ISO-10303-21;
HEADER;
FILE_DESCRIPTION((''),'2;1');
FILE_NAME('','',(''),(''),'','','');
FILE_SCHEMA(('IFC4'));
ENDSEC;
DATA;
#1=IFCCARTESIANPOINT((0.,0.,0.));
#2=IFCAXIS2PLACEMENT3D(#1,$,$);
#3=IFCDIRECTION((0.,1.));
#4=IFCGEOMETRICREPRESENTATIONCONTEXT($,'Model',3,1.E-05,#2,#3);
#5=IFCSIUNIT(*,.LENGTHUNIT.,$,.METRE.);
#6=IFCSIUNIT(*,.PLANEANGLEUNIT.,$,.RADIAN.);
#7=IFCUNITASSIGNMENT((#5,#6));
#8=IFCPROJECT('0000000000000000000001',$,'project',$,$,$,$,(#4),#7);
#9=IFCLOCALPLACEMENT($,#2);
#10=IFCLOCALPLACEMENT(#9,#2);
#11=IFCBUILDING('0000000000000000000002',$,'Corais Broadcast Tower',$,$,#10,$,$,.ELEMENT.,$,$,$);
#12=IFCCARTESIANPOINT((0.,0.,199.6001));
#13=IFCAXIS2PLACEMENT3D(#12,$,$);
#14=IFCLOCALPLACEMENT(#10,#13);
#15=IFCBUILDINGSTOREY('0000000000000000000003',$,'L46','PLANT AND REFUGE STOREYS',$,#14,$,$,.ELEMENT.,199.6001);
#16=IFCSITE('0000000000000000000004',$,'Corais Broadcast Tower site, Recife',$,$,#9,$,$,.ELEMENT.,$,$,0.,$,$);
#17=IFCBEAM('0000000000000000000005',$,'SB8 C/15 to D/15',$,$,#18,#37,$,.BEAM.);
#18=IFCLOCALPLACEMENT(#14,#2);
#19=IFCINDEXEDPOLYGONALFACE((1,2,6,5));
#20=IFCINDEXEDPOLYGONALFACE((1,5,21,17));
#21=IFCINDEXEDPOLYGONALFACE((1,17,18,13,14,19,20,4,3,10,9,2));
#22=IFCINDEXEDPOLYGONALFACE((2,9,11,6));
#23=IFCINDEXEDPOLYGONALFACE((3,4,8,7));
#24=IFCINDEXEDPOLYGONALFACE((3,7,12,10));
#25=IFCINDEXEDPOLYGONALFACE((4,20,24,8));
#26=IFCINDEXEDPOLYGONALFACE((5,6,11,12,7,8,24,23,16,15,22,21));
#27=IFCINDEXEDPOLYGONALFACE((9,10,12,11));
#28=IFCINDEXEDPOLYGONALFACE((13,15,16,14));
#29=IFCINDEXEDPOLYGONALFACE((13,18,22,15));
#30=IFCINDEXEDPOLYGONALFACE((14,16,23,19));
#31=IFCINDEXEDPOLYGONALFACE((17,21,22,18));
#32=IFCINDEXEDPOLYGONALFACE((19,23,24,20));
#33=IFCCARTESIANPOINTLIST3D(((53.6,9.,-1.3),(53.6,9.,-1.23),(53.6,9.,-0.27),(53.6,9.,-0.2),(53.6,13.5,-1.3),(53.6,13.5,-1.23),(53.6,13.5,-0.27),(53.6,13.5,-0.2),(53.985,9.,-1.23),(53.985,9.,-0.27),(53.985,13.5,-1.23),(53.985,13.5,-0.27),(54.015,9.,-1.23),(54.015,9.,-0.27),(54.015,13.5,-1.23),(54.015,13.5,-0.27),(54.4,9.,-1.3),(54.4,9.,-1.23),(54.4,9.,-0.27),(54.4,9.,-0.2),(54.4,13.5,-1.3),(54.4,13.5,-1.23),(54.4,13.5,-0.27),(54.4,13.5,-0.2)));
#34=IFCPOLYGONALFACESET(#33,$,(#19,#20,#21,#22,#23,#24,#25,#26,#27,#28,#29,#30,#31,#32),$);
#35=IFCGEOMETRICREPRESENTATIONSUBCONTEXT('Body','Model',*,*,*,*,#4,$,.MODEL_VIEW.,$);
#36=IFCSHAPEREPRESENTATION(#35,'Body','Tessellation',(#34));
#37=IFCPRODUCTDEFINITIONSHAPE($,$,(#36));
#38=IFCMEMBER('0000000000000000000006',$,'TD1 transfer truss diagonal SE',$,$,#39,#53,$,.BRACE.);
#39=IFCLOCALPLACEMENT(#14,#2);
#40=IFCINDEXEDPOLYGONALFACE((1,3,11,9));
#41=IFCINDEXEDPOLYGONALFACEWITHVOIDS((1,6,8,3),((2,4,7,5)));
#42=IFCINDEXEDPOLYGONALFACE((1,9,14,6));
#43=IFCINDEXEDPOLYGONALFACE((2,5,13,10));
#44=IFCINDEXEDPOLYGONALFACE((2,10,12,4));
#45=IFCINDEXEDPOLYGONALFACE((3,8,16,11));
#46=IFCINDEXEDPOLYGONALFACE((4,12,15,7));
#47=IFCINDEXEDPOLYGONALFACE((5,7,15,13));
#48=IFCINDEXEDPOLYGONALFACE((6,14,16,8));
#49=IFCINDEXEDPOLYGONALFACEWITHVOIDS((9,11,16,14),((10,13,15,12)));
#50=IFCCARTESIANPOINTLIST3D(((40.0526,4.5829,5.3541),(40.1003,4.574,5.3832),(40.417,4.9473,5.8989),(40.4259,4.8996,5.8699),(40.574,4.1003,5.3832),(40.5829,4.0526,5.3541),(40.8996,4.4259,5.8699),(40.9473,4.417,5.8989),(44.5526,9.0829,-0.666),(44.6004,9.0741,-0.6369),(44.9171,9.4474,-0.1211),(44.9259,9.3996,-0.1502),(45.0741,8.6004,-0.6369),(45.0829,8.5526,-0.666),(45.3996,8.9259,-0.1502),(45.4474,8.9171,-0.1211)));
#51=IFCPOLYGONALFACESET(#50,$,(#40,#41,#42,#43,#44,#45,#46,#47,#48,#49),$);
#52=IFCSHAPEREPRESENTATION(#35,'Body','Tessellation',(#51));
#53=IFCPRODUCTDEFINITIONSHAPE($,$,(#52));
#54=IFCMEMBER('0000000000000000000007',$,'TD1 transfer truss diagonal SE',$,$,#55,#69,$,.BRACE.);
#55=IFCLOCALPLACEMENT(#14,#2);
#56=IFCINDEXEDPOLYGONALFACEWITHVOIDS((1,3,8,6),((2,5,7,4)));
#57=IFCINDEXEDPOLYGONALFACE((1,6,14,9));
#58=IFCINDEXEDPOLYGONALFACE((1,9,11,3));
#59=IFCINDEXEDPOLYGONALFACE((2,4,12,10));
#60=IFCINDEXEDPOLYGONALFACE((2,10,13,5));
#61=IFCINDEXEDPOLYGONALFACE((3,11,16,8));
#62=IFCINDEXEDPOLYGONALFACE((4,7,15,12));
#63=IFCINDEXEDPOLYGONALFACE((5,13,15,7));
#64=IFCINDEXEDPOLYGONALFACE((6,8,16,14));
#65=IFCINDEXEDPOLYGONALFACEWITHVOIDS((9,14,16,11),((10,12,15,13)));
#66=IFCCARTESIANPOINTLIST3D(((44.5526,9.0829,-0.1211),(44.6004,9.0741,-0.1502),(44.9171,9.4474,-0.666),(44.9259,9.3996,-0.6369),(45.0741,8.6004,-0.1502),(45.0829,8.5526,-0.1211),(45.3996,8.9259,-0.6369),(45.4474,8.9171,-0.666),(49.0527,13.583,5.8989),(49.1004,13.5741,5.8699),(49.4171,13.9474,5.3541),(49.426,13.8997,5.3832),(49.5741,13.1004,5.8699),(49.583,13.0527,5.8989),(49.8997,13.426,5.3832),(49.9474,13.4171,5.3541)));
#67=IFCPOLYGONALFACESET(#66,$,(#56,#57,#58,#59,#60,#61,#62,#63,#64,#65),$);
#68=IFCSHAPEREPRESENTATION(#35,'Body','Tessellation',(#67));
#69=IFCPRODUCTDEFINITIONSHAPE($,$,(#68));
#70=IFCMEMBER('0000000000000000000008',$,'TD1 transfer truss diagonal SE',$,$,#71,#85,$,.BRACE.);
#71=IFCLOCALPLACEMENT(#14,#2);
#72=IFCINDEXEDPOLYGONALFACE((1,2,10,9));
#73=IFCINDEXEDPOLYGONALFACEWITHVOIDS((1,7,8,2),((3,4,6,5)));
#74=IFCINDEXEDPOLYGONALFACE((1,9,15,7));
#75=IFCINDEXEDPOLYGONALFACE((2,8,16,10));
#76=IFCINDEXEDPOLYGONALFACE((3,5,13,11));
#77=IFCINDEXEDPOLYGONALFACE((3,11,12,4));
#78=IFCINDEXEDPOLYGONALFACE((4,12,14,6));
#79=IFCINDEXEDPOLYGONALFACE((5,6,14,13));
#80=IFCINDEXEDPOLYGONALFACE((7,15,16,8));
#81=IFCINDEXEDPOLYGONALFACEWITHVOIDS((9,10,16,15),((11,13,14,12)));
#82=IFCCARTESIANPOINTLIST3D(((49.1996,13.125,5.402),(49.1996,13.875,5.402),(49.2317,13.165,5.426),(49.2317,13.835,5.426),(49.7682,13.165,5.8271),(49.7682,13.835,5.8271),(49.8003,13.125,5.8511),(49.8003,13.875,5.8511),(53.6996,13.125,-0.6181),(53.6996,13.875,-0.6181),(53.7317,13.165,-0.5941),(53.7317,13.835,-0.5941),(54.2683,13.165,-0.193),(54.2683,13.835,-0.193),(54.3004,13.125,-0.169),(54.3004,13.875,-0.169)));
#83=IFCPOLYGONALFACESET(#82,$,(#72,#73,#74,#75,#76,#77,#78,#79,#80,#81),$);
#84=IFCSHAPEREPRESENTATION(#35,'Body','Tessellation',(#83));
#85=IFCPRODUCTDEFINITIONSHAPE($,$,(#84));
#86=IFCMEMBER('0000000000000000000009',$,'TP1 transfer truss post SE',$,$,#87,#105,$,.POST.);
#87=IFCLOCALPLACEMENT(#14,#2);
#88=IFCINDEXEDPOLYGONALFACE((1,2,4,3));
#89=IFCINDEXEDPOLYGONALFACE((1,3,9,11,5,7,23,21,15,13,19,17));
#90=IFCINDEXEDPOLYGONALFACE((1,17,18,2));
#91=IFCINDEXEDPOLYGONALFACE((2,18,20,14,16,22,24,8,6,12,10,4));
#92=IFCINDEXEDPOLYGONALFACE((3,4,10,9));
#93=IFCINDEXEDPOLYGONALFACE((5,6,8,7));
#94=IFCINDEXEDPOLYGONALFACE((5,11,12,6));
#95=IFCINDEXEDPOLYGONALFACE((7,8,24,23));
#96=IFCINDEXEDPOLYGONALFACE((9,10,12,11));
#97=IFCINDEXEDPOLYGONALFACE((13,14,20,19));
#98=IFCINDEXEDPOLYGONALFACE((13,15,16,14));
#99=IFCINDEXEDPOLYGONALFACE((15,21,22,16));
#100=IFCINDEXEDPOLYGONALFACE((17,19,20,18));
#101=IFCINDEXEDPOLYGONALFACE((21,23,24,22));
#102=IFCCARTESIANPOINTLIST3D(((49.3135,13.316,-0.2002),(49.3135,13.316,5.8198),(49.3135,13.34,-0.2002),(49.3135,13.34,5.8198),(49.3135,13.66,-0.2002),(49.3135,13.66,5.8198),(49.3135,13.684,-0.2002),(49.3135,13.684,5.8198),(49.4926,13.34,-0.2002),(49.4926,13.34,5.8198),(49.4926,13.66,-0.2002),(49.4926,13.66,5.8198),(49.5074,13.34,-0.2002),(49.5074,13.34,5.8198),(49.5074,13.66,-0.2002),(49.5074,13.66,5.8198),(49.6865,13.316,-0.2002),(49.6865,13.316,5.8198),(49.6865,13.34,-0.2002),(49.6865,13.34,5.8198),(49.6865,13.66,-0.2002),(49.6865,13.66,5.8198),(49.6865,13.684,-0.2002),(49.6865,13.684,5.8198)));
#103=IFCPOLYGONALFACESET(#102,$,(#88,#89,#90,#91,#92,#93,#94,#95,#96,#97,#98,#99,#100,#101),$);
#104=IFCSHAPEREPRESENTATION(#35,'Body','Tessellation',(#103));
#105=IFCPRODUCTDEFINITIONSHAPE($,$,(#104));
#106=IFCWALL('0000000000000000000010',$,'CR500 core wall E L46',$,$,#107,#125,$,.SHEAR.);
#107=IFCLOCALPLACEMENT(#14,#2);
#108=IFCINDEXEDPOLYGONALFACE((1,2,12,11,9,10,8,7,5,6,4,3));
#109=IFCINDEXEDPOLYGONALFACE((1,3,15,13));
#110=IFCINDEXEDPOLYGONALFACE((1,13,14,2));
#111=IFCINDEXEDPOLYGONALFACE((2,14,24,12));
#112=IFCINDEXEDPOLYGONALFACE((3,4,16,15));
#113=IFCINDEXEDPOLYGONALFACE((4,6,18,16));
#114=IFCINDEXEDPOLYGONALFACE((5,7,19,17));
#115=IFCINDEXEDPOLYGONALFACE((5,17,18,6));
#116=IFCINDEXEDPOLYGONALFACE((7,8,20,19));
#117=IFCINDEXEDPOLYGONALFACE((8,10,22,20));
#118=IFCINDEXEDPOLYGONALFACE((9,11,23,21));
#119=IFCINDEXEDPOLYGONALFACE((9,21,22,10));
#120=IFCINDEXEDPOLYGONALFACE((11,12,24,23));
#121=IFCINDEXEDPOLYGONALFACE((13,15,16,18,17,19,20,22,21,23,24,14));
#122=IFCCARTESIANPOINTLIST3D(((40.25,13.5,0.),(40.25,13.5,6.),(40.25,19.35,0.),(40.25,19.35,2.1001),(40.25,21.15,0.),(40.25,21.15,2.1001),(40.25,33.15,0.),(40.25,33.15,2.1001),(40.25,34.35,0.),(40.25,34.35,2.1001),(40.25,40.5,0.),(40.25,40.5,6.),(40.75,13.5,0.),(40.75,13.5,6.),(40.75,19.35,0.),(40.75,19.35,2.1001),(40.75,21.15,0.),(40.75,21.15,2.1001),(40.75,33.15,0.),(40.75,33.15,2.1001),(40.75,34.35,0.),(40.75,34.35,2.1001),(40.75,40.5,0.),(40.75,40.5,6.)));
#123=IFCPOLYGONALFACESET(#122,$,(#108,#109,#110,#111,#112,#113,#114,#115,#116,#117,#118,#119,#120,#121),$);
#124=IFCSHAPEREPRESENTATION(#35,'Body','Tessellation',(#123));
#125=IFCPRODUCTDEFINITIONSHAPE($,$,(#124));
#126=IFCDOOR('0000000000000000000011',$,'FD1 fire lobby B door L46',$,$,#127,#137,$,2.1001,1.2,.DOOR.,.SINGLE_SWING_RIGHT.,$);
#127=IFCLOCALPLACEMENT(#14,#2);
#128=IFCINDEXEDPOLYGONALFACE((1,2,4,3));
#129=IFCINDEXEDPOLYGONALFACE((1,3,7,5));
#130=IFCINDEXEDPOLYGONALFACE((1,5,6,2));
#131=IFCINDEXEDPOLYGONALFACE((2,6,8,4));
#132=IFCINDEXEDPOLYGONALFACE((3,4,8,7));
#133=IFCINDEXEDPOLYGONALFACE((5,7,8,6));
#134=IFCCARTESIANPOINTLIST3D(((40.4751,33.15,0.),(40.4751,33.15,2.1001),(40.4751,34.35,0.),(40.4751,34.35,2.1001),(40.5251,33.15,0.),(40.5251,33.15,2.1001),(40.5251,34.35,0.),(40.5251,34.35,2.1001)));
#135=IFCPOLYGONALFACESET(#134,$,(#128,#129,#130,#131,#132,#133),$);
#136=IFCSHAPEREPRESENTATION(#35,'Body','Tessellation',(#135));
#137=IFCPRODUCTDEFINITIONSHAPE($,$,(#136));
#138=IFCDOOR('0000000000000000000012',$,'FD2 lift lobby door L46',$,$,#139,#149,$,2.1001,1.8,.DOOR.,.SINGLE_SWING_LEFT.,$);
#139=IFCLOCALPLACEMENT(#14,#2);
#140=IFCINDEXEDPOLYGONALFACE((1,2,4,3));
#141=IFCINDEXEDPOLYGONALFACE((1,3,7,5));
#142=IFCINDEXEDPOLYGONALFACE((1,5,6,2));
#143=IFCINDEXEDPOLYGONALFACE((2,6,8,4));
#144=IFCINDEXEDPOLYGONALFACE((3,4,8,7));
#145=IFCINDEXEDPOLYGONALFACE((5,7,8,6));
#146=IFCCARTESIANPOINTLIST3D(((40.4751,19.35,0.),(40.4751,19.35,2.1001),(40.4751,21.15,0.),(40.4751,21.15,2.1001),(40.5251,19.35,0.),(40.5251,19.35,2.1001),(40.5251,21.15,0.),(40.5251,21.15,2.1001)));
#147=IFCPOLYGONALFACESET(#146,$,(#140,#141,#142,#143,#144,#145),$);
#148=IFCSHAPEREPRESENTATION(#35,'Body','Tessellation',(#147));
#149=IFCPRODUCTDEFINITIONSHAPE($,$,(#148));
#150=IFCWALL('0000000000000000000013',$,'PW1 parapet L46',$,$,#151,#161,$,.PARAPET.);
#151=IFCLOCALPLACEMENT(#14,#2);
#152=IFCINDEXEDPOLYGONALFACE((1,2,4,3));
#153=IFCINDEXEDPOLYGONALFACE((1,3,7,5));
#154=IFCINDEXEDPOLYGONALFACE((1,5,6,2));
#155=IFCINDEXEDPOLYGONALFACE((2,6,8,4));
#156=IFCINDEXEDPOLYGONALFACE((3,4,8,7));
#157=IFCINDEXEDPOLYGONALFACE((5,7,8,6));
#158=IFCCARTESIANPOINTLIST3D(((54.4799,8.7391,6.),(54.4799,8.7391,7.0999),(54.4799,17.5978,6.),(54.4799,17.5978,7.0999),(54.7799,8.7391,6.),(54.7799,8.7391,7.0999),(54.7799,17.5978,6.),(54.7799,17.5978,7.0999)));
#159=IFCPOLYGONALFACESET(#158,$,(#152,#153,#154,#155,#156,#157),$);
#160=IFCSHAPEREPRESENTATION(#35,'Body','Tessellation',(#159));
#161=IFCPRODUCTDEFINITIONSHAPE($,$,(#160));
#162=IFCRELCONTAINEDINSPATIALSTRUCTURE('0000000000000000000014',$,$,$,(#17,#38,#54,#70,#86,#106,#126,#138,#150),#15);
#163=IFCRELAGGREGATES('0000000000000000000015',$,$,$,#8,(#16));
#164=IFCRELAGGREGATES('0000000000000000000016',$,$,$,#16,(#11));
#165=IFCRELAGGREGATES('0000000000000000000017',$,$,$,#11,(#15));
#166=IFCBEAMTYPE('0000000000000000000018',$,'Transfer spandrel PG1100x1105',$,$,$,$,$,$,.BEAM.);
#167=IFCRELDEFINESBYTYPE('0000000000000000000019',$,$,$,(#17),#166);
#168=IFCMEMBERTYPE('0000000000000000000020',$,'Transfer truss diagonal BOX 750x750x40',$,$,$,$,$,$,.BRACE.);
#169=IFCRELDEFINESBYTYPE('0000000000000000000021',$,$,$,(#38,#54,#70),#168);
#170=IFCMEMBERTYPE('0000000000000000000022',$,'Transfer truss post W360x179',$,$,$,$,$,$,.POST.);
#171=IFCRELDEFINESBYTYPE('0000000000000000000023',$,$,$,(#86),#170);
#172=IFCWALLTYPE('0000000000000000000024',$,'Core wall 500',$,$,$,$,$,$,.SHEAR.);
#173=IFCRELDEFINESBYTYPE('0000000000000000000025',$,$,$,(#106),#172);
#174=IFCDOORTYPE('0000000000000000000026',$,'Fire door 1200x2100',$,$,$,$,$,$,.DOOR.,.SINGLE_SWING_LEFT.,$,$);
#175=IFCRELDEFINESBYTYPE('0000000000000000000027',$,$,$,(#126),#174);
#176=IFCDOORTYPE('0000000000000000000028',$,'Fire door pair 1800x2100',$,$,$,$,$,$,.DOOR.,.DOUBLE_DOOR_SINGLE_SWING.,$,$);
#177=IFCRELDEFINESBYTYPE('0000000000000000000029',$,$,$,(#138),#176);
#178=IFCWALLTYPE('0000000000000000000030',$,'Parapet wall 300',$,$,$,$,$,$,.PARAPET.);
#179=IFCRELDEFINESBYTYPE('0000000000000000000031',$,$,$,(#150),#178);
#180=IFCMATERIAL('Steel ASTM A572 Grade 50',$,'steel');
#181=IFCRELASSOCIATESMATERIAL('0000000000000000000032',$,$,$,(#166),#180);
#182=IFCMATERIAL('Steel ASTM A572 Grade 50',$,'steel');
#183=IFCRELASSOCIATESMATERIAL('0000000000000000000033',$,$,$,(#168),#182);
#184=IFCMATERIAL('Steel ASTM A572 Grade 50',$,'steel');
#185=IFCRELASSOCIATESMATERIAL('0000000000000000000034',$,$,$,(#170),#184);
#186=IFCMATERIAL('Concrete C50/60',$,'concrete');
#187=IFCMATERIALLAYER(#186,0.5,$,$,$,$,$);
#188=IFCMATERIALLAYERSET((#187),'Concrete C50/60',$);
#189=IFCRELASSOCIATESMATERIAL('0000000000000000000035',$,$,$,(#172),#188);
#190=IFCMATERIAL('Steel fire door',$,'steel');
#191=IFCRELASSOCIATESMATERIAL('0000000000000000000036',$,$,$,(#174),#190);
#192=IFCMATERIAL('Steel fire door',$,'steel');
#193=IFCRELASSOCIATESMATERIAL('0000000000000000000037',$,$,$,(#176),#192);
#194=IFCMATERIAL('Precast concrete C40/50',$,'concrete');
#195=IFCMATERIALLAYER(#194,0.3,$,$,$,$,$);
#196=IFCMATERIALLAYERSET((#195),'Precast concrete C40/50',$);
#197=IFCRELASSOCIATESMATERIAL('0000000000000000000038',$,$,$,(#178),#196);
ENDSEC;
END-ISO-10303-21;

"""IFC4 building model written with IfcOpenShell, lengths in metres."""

from ifc_helpers import new_model, si_unit, direction, frame, frame_2d, origin, origin_2d, place, context, subcontext, project, spatial, rectangle, hollow_rectangle, i_section, extrude, material, layer, layer_set, material_profile, profile_set, type_object, element, fill, save


model = new_model("IFC4")

# Units and contexts
model_context = context("Model", 3, precision=1e-05, world=origin(), true_north=direction((0.0, 1.0)))
body_context = subcontext(model_context, "Body", "Model", "MODEL_VIEW")
ifc_project = project(units=[si_unit("LENGTHUNIT", "METRE"), si_unit("PLANEANGLEUNIT", "RADIAN")], contexts=[model_context])

# Site, building, storey
site_placement = place(None, origin())
site = spatial("IfcSite", under=ifc_project, at=site_placement, Name="Corais Broadcast Tower site, Recife", CompositionType="ELEMENT", RefElevation=0.0)
building_placement = place(site_placement, origin())
building = spatial("IfcBuilding", under=site, at=building_placement, Name="Corais Broadcast Tower", CompositionType="ELEMENT")
storey_placement = place(building_placement, frame((0.0, 0.0, 199.6001)))
storey = spatial("IfcBuildingStorey", under=building, at=storey_placement, Name="L46", Description="PLANT AND REFUGE STOREYS", CompositionType="ELEMENT", Elevation=199.6001)

# Beam
ifc_material_1 = material(Name="Steel ASTM A572 Grade 50", Category="steel")
ifc_material_profile_1 = material_profile(ifc_material_1, i_section(OverallWidth=0.8, OverallDepth=1.1001, WebThickness=0.03, FlangeThickness=0.0701, at=origin_2d()), Name="PG1100x1105")
ifc_profile_set_1 = profile_set([ifc_material_profile_1], Name="Steel ASTM A572 Grade 50")
beam_type_1 = type_object("IfcBeamType", Name="Transfer spandrel PG1100x1105", PredefinedType="BEAM", material=ifc_profile_set_1)
beam_1_placement = place(storey_placement, frame((54.0, 9.0, -0.75), z_axis=(0.0, 1.0, 0.0), x_axis=(-1.0, 0.0, 0.0)))
element("IfcBeam", 1, at=beam_1_placement, inside=storey, type_object=beam_type_1, Name="SB8 C/15 to D/15", PredefinedType="BEAM", context=body_context, shape_type="SweptSolid", body=[
    extrude(i_section(OverallWidth=0.8, OverallDepth=1.1001, WebThickness=0.03, FlangeThickness=0.0701, at=origin_2d()), origin(), (0.0, 0.0, 1.0), 4.5),
])

# Members
ifc_material_2 = material(Name="Steel ASTM A572 Grade 50", Category="steel")
ifc_material_profile_2 = material_profile(ifc_material_2, hollow_rectangle(XDim=0.75, YDim=0.75, WallThickness=0.04, at=origin_2d()), Name="BOX 750x750x40")
ifc_profile_set_2 = profile_set([ifc_material_profile_2], Name="Steel ASTM A572 Grade 50")
member_type_1 = type_object("IfcMemberType", Name="Transfer truss diagonal BOX 750x750x40", PredefinedType="BRACE", material=ifc_profile_set_2)
for number, where, z_axis, x_axis, name in (
    (2, (45.0, 9.0, -0.3936), (-0.513688, -0.513688, 0.687203), (0.707107, -0.707107, 0.0), "TD1 transfer truss diagonal SE"),
    (3, (45.0, 9.0, -0.3936), (0.513688, 0.513688, 0.687203), (-0.707107, 0.707107, 0.0), "TD1 transfer truss diagonal SE"),
):
    element("IfcMember", number, at=place(storey_placement, frame(where, z_axis=z_axis, x_axis=x_axis)), inside=storey, type_object=member_type_1, Name=name, PredefinedType="BRACE", context=body_context, shape_type="SweptSolid", body=[
        extrude(hollow_rectangle(XDim=0.75, YDim=0.75, WallThickness=0.04, at=origin_2d()), origin(), (0.0, 0.0, 1.0), 8.7603),
    ])
member_1_placement = place(storey_placement, frame((54.0, 13.5, -0.3936), z_axis=(-0.598721, 0.0, 0.800958), x_axis=(0.0, -1.0, 0.0)))
element("IfcMember", 4, at=member_1_placement, inside=storey, type_object=member_type_1, Name="TD1 transfer truss diagonal SE", PredefinedType="BRACE", context=body_context, shape_type="SweptSolid", body=[
    extrude(hollow_rectangle(XDim=0.75, YDim=0.75, WallThickness=0.04, at=origin_2d()), origin(), (0.0, 0.0, 1.0), 7.5161),
])
ifc_material_3 = material(Name="Steel ASTM A572 Grade 50", Category="steel")
ifc_material_profile_3 = material_profile(ifc_material_3, i_section(OverallWidth=0.373, OverallDepth=0.3679, WebThickness=0.0149, FlangeThickness=0.0239, at=origin_2d()), Name="W360x179")
ifc_profile_set_3 = profile_set([ifc_material_profile_3], Name="Steel ASTM A572 Grade 50")
member_type_2 = type_object("IfcMemberType", Name="Transfer truss post W360x179", PredefinedType="POST", material=ifc_profile_set_3)
member_2_placement = place(storey_placement, frame((49.5, 13.5, -0.2002), z_axis=(0.0, 0.0, 1.0), x_axis=(1.0, 0.0, 0.0)))
element("IfcMember", 5, at=member_2_placement, inside=storey, type_object=member_type_2, Name="TP1 transfer truss post SE", PredefinedType="POST", context=body_context, shape_type="SweptSolid", body=[
    extrude(i_section(OverallWidth=0.373, OverallDepth=0.3679, WebThickness=0.0149, FlangeThickness=0.0239, at=origin_2d()), origin(), (0.0, 0.0, 1.0), 6.02),
])

# Wall, openings, doors
ifc_material_4 = material(Name="Concrete C50/60", Category="concrete")
ifc_layer_1 = layer(ifc_material_4, 0.5)
ifc_layer_set_1 = layer_set([ifc_layer_1], Name="Concrete C50/60")
wall_type_1 = type_object("IfcWallType", Name="Core wall 500", PredefinedType="SHEAR", material=ifc_layer_set_1)
wall_1_placement = place(storey_placement, frame((40.5, 13.5, 0.0), z_axis=(0.0, 0.0, 1.0), x_axis=(0.0, 1.0, 0.0)))
wall_1 = element("IfcWall", 6, at=wall_1_placement, inside=storey, type_object=wall_type_1, Name="CR500 core wall E L46", PredefinedType="SHEAR", context=body_context, shape_type="SweptSolid", body=[
    extrude(rectangle(XDim=27.0, YDim=0.5, at=frame_2d((13.5, 0.0))), origin(), (0.0, 0.0, 1.0), 6.0),
])
opening_1_placement = place(wall_1_placement, frame((5.8501, 0.0, 0.0)))
opening_1 = element("IfcOpeningElement", 7, at=opening_1_placement, cuts=wall_1, PredefinedType="OPENING", context=body_context, shape_type="SweptSolid", body=[
    extrude(rectangle(XDim=1.8, YDim=2.1001, at=frame_2d((0.8999, 1.05))), frame((0.0, 0.26, 0.0), z_axis=(0.0, -1.0, 0.0), x_axis=(1.0, 0.0, 0.0)), (0.0, 0.0, 1.0), 0.52),
])
opening_2_placement = place(wall_1_placement, frame((19.6499, 0.0, 0.0)))
opening_2 = element("IfcOpeningElement", 8, at=opening_2_placement, cuts=wall_1, PredefinedType="OPENING", context=body_context, shape_type="SweptSolid", body=[
    extrude(rectangle(XDim=1.2, YDim=2.1001, at=frame_2d((0.6001, 1.05))), frame((0.0, 0.26, 0.0), z_axis=(0.0, -1.0, 0.0), x_axis=(1.0, 0.0, 0.0)), (0.0, 0.0, 1.0), 0.52),
])
ifc_material_5 = material(Name="Steel fire door", Category="steel")
door_type_1 = type_object("IfcDoorType", Name="Fire door 1200x2100", OperationType="SINGLE_SWING_LEFT", PredefinedType="DOOR", material=ifc_material_5)
door_1_placement = place(opening_2_placement, origin())
door_1 = element("IfcDoor", 9, at=door_1_placement, inside=storey, type_object=door_type_1, Name="FD1 fire lobby B door L46", OperationType="SINGLE_SWING_RIGHT", OverallHeight=2.1001, OverallWidth=1.2, PredefinedType="DOOR", context=body_context, shape_type="SweptSolid", body=[
    extrude(rectangle(XDim=1.2, YDim=2.1001, at=frame_2d((0.6001, 1.05))), frame((0.0, 0.0249, 0.0), z_axis=(0.0, -1.0, 0.0), x_axis=(1.0, 0.0, 0.0)), (0.0, 0.0, 1.0), 0.05),
])
fill(opening_2, door_1)
ifc_material_6 = material(Name="Steel fire door", Category="steel")
door_type_2 = type_object("IfcDoorType", Name="Fire door pair 1800x2100", OperationType="DOUBLE_DOOR_SINGLE_SWING", PredefinedType="DOOR", material=ifc_material_6)
door_2_placement = place(opening_1_placement, origin())
door_2 = element("IfcDoor", 10, at=door_2_placement, inside=storey, type_object=door_type_2, Name="FD2 lift lobby door L46", OperationType="SINGLE_SWING_LEFT", OverallHeight=2.1001, OverallWidth=1.8, PredefinedType="DOOR", context=body_context, shape_type="SweptSolid", body=[
    extrude(rectangle(XDim=1.8, YDim=2.1001, at=frame_2d((0.8999, 1.05))), frame((0.0, 0.0249, 0.0), z_axis=(0.0, -1.0, 0.0), x_axis=(1.0, 0.0, 0.0)), (0.0, 0.0, 1.0), 0.05),
])
fill(opening_1, door_2)

# Wall
ifc_material_7 = material(Name="Precast concrete C40/50", Category="concrete")
ifc_layer_2 = layer(ifc_material_7, 0.3)
ifc_layer_set_2 = layer_set([ifc_layer_2], Name="Precast concrete C40/50")
wall_type_2 = type_object("IfcWallType", Name="Parapet wall 300", PredefinedType="PARAPET", material=ifc_layer_set_2)
wall_2_placement = place(storey_placement, frame((54.6299, 17.5977, 6.0), z_axis=(0.0, 0.0, 1.0), x_axis=(0.0, -1.0, 0.0)))
element("IfcWall", 11, at=wall_2_placement, inside=storey, type_object=wall_type_2, Name="PW1 parapet L46", PredefinedType="PARAPET", context=body_context, shape_type="SweptSolid", body=[
    extrude(rectangle(XDim=8.8586, YDim=0.3, at=frame_2d((4.4292, 0.0))), origin(), (0.0, 0.0, 1.0), 1.0999),
])

save(model, "model.ifc")
